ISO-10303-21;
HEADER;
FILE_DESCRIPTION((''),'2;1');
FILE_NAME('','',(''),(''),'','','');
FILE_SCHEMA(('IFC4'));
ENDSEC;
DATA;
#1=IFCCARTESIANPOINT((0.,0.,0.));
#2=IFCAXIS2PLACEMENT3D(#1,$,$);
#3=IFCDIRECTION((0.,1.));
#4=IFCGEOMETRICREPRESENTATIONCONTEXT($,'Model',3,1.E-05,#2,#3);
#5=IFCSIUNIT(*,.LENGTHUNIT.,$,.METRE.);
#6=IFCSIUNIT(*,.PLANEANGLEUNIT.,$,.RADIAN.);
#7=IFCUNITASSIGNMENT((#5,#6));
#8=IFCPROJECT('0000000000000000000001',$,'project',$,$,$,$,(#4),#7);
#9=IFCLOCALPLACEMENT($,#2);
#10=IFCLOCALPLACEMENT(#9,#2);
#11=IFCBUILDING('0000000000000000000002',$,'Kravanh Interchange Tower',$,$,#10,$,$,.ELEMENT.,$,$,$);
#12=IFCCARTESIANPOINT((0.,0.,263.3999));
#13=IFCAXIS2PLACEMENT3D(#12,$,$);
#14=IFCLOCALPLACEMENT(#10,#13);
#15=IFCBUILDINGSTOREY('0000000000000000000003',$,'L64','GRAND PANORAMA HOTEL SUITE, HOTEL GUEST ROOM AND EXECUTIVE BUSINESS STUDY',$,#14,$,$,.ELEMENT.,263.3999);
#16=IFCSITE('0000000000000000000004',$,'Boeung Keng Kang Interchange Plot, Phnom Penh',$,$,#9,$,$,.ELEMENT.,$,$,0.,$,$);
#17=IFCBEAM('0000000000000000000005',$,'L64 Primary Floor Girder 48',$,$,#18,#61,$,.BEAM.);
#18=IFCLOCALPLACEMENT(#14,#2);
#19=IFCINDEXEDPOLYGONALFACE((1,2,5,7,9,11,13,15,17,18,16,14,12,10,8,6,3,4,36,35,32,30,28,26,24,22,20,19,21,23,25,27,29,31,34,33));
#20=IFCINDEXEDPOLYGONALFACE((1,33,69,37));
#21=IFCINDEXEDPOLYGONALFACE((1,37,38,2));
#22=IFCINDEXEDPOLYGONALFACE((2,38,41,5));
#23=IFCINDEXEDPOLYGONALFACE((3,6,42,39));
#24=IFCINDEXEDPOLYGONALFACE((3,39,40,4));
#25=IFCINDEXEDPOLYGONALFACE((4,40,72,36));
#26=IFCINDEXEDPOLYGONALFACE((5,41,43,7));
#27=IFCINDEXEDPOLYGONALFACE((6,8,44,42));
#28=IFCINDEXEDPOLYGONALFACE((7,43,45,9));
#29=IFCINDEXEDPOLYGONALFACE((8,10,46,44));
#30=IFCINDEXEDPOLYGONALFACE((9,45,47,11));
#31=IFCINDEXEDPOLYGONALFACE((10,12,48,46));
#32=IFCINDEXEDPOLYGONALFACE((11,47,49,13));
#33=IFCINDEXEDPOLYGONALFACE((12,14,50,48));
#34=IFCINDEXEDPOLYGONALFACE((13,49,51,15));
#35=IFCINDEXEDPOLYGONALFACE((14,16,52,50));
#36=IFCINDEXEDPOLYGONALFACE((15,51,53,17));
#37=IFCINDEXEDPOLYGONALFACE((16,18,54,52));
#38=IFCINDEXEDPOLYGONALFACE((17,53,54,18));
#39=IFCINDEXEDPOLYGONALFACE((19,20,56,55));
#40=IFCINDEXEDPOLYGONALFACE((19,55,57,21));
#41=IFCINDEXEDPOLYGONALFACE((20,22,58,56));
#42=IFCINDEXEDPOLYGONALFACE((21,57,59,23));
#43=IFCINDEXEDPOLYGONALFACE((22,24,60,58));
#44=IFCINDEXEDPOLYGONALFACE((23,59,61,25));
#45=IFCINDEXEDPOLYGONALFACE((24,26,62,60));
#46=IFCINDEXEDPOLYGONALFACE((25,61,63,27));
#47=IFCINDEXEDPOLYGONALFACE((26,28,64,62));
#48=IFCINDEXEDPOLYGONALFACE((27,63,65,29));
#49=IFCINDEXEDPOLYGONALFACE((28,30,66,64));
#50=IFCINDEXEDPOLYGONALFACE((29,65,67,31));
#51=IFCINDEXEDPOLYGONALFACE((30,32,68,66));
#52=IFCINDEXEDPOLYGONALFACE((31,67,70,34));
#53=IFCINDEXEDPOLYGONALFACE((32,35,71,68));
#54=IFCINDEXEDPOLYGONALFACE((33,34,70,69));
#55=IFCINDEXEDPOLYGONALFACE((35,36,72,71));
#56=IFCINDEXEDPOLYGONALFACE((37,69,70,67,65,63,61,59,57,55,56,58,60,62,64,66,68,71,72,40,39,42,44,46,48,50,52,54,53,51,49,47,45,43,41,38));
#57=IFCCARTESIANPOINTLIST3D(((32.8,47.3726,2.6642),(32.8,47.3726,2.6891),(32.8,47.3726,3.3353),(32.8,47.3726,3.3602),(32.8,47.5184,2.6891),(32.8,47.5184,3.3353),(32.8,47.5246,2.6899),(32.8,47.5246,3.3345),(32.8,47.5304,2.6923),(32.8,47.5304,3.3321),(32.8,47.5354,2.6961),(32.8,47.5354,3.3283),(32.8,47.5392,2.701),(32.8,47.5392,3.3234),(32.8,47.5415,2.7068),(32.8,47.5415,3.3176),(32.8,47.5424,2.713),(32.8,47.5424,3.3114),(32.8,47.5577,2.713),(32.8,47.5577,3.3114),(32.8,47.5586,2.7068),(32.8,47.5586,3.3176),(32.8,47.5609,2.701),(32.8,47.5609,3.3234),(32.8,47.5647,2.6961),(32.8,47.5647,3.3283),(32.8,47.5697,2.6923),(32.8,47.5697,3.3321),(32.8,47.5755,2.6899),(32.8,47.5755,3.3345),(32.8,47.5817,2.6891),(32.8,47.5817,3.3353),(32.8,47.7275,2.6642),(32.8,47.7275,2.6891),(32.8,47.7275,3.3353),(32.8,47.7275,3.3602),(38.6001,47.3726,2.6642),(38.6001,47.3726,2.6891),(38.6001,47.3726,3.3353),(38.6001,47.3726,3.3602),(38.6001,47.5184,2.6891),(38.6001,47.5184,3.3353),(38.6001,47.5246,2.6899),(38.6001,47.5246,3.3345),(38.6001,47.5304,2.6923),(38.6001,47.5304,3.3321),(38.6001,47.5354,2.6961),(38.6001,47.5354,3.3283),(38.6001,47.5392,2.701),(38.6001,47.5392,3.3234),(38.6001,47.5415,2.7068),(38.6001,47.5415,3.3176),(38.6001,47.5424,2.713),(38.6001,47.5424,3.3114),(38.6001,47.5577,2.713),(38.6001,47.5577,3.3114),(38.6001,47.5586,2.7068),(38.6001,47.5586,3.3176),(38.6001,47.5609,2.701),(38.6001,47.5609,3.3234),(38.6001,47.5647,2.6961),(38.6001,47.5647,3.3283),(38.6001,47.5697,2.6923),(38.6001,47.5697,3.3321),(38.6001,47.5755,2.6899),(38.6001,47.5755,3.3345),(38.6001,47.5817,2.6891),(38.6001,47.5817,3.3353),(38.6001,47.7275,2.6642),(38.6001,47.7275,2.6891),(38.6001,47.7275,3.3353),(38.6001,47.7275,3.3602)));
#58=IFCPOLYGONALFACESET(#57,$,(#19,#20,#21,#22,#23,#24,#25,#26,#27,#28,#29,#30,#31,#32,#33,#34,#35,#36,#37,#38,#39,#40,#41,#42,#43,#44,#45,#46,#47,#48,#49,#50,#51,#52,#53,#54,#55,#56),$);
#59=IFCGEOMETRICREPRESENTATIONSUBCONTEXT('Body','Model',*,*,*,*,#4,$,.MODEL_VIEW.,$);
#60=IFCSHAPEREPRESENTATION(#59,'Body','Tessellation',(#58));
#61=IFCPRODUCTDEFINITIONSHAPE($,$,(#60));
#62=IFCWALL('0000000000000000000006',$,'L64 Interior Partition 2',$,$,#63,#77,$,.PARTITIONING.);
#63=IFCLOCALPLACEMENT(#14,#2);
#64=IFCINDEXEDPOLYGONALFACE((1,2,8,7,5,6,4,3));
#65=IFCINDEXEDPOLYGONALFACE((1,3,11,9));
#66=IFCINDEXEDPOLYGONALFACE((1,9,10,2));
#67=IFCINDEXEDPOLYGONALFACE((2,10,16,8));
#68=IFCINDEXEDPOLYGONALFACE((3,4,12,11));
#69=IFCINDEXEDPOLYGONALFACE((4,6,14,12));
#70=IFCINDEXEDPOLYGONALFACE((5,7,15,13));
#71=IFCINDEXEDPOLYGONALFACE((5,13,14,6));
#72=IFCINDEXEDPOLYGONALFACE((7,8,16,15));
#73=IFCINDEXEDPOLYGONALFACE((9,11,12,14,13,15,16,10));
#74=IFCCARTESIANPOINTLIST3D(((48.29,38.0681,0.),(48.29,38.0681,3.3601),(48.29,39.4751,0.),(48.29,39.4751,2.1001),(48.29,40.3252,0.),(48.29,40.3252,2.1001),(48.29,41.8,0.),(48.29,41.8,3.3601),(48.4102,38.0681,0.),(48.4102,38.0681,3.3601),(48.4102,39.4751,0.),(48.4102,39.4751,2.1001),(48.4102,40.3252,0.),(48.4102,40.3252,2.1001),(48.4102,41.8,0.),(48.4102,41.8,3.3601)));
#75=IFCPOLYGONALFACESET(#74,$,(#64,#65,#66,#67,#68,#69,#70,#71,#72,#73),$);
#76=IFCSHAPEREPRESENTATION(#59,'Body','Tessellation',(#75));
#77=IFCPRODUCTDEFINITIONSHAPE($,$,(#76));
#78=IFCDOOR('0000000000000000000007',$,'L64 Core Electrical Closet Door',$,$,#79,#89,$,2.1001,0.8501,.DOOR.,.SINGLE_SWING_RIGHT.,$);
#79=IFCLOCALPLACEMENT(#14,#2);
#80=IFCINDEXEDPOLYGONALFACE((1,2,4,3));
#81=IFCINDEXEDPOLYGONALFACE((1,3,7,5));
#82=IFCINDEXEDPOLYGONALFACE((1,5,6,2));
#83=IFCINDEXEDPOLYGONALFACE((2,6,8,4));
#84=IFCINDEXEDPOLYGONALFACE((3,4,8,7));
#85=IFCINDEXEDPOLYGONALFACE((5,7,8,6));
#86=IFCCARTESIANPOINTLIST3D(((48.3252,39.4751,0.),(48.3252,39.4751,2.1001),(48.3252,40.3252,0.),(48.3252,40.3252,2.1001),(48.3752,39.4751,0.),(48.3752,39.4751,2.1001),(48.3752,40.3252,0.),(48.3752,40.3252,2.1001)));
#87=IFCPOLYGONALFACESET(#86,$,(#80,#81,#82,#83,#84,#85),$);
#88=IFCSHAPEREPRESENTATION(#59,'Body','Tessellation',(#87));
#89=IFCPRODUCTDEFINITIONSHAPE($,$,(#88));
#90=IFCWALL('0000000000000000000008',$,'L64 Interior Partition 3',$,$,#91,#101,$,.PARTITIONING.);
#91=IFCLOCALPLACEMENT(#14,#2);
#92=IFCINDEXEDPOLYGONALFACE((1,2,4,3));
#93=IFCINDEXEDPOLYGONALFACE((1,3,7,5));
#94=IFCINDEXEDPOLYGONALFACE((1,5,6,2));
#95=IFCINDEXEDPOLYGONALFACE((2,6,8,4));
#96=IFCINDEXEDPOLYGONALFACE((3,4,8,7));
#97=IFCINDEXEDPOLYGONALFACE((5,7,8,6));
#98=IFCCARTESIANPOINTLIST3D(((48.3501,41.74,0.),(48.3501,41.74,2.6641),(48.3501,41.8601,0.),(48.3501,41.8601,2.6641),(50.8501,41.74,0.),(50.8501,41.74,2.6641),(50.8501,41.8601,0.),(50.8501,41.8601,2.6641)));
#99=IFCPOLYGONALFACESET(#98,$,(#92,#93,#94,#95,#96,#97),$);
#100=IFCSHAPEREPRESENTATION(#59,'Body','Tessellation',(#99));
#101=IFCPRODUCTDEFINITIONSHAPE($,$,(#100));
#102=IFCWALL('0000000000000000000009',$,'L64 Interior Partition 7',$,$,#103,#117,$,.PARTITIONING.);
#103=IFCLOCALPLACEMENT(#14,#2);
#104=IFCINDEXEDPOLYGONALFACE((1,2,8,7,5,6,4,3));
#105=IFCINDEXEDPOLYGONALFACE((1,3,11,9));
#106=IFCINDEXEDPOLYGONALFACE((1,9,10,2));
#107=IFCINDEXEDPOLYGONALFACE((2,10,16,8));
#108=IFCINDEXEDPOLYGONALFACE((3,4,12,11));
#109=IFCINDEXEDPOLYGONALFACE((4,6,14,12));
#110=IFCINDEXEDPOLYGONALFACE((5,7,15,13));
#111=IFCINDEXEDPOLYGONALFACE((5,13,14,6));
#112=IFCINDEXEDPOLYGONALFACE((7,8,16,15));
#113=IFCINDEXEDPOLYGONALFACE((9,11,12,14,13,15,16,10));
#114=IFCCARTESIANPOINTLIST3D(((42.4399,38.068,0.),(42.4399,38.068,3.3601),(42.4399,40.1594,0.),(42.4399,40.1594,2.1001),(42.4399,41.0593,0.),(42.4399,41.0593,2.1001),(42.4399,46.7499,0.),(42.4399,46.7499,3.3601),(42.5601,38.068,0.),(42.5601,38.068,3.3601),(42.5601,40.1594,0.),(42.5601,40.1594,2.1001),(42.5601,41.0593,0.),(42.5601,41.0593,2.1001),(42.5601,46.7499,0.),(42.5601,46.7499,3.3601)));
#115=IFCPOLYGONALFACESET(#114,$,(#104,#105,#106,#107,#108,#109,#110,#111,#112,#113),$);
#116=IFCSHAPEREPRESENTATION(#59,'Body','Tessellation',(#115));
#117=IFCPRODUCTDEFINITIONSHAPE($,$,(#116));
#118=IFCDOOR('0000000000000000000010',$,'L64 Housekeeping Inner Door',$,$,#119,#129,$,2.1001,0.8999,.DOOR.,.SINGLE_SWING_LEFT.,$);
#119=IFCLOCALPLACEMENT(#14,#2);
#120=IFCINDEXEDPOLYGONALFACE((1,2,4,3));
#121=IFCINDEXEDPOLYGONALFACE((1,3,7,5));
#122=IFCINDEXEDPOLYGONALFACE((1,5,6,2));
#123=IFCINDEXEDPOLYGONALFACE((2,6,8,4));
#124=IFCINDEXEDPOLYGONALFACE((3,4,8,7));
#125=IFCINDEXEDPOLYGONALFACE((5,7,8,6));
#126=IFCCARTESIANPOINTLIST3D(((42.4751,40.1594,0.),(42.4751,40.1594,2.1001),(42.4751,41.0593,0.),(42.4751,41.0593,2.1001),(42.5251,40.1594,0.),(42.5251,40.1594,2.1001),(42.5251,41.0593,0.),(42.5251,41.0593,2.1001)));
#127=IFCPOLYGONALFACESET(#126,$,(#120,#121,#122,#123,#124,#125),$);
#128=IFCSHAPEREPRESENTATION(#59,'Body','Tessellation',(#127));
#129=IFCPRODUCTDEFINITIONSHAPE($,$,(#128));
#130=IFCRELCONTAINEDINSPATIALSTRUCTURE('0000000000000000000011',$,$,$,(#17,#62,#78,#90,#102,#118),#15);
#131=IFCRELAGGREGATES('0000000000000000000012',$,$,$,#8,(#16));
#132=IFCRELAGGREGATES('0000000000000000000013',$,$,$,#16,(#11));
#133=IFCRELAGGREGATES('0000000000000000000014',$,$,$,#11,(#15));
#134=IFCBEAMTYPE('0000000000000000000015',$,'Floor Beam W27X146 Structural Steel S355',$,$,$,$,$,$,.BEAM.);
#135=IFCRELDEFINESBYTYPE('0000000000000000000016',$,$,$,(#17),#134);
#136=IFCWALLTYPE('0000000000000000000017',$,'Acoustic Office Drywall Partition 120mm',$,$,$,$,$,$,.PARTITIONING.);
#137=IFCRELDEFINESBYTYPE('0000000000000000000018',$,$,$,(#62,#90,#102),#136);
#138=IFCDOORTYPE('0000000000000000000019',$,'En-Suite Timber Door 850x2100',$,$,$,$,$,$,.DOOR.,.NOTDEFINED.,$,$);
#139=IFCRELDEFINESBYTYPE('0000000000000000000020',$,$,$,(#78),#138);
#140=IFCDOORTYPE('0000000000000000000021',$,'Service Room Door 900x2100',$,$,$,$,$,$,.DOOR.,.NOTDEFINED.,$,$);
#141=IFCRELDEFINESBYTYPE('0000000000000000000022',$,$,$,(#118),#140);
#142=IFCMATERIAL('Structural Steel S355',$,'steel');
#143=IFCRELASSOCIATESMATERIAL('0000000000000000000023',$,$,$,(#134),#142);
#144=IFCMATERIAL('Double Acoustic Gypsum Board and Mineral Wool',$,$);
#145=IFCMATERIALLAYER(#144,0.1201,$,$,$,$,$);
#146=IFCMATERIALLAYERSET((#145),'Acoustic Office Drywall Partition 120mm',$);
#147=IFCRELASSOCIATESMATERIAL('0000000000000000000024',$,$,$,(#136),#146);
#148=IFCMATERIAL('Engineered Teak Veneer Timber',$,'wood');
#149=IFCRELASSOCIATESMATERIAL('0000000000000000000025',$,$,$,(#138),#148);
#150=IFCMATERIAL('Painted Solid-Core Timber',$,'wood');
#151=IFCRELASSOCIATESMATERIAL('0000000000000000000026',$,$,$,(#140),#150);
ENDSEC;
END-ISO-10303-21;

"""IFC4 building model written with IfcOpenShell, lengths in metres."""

from ifc_helpers import new_model, si_unit, direction, frame, frame_2d, origin, origin_2d, place, context, subcontext, project, spatial, rectangle, i_section, extrude, material, layer, layer_set, material_profile, profile_set, type_object, element, fill, save


model = new_model("IFC4")

# Units and contexts
model_context = context("Model", 3, precision=1e-05, world=origin(), true_north=direction((0.0, 1.0)))
body_context = subcontext(model_context, "Body", "Model", "MODEL_VIEW")
ifc_project = project(units=[si_unit("LENGTHUNIT", "METRE"), si_unit("PLANEANGLEUNIT", "RADIAN")], contexts=[model_context])

# Site, building, storey
site_placement = place(None, origin())
site = spatial("IfcSite", under=ifc_project, at=site_placement, Name="Boeung Keng Kang Interchange Plot, Phnom Penh", CompositionType="ELEMENT", RefElevation=0.0)
building_placement = place(site_placement, origin())
building = spatial("IfcBuilding", under=site, at=building_placement, Name="Kravanh Interchange Tower", CompositionType="ELEMENT")
storey_placement = place(building_placement, frame((0.0, 0.0, 263.3999)))
storey = spatial("IfcBuildingStorey", under=building, at=storey_placement, Name="L64", Description="GRAND PANORAMA HOTEL SUITE, HOTEL GUEST ROOM AND EXECUTIVE BUSINESS STUDY", CompositionType="ELEMENT", Elevation=263.3999)

# Beam
ifc_material_1 = material(Name="Structural Steel S355", Category="steel")
ifc_material_profile_1 = material_profile(ifc_material_1, i_section(OverallWidth=0.355, OverallDepth=0.696, WebThickness=0.0154, FlangeThickness=0.0249, FilletRadius=0.0239, at=origin_2d()), Name="W27X146")
ifc_profile_set_1 = profile_set([ifc_material_profile_1], Name="Structural Steel S355")
beam_type = type_object("IfcBeamType", Name="Floor Beam W27X146 Structural Steel S355", PredefinedType="BEAM", material=ifc_profile_set_1)
beam_1_placement = place(storey_placement, frame((38.6001, 47.55, 3.0122), z_axis=(-1.0, 0.0, 0.0), x_axis=(0.0, -1.0, 0.0)))
element("IfcBeam", 1, at=beam_1_placement, inside=storey, type_object=beam_type, Name="L64 Primary Floor Girder 48", PredefinedType="BEAM", context=body_context, shape_type="SweptSolid", body=[
    extrude(i_section(OverallWidth=0.355, OverallDepth=0.696, WebThickness=0.0154, FlangeThickness=0.0249, FilletRadius=0.0239, at=origin_2d()), origin(), (0.0, 0.0, 1.0), 5.8),
])

# Wall, opening, door
ifc_material_2 = material(Name="Double Acoustic Gypsum Board and Mineral Wool")
ifc_layer_1 = layer(ifc_material_2, 0.1201)
ifc_layer_set_1 = layer_set([ifc_layer_1], Name="Acoustic Office Drywall Partition 120mm")
wall_type_1 = type_object("IfcWallType", Name="Acoustic Office Drywall Partition 120mm", PredefinedType="PARTITIONING", material=ifc_layer_set_1)
wall_1_placement = place(storey_placement, frame((48.3501, 38.0681, 0.0), z_axis=(0.0, 0.0, 1.0), x_axis=(0.0, 1.0, 0.0)))
wall_1 = element("IfcWall", 2, at=wall_1_placement, inside=storey, type_object=wall_type_1, Name="L64 Interior Partition 2", PredefinedType="PARTITIONING", context=body_context, shape_type="SweptSolid", body=[
    extrude(rectangle(XDim=3.7319, YDim=0.1201, at=frame_2d((1.866, 0.0))), origin(), (0.0, 0.0, 1.0), 3.3601),
])
opening_1_placement = place(wall_1_placement, frame((1.407, 0.0, 0.0)))
opening_1 = element("IfcOpeningElement", 3, at=opening_1_placement, cuts=wall_1, PredefinedType="OPENING", context=body_context, shape_type="SweptSolid", body=[
    extrude(rectangle(XDim=0.8501, YDim=2.1001, at=frame_2d((0.425, 1.05))), frame((0.0, 0.0701, 0.0), z_axis=(0.0, -1.0, 0.0), x_axis=(1.0, 0.0, 0.0)), (0.0, 0.0, 1.0), 0.1401),
])
ifc_material_3 = material(Name="Engineered Teak Veneer Timber", Category="wood")
door_type_1 = type_object("IfcDoorType", Name="En-Suite Timber Door 850x2100", OperationType="NOTDEFINED", PredefinedType="DOOR", material=ifc_material_3)
door_1_placement = place(opening_1_placement, origin())
door_1 = element("IfcDoor", 4, at=door_1_placement, inside=storey, type_object=door_type_1, Name="L64 Core Electrical Closet Door", OperationType="SINGLE_SWING_RIGHT", OverallHeight=2.1001, OverallWidth=0.8501, PredefinedType="DOOR", context=body_context, shape_type="SweptSolid", body=[
    extrude(rectangle(XDim=0.8501, YDim=2.1001, at=frame_2d((0.425, 1.05))), frame((0.0, 0.0249, 0.0), z_axis=(0.0, -1.0, 0.0), x_axis=(1.0, 0.0, 0.0)), (0.0, 0.0, 1.0), 0.05),
])
fill(opening_1, door_1)

# Wall
wall_2_placement = place(storey_placement, frame((48.3501, 41.8, 0.0), z_axis=(0.0, 0.0, 1.0), x_axis=(1.0, 0.0, 0.0)))
element("IfcWall", 5, at=wall_2_placement, inside=storey, type_object=wall_type_1, Name="L64 Interior Partition 3", PredefinedType="PARTITIONING", context=body_context, shape_type="SweptSolid", body=[
    extrude(rectangle(XDim=2.5, YDim=0.1201, at=frame_2d((1.25, 0.0))), origin(), (0.0, 0.0, 1.0), 2.6641),
])

# Wall, opening, door
wall_3_placement = place(storey_placement, frame((42.5, 38.0681, 0.0), z_axis=(0.0, 0.0, 1.0), x_axis=(0.0, 1.0, 0.0)))
wall_3 = element("IfcWall", 6, at=wall_3_placement, inside=storey, type_object=wall_type_1, Name="L64 Interior Partition 7", PredefinedType="PARTITIONING", context=body_context, shape_type="SweptSolid", body=[
    extrude(rectangle(XDim=8.6819, YDim=0.1201, at=frame_2d((4.3408, 0.0))), origin(), (0.0, 0.0, 1.0), 3.3601),
])
opening_2_placement = place(wall_3_placement, frame((2.0913, 0.0, 0.0)))
opening_2 = element("IfcOpeningElement", 7, at=opening_2_placement, cuts=wall_3, PredefinedType="OPENING", context=body_context, shape_type="SweptSolid", body=[
    extrude(rectangle(XDim=0.8999, YDim=2.1001, at=frame_2d((0.45, 1.05))), frame((0.0, 0.0701, 0.0), z_axis=(0.0, -1.0, 0.0), x_axis=(1.0, 0.0, 0.0)), (0.0, 0.0, 1.0), 0.1401),
])
ifc_material_4 = material(Name="Painted Solid-Core Timber", Category="wood")
door_type_2 = type_object("IfcDoorType", Name="Service Room Door 900x2100", OperationType="NOTDEFINED", PredefinedType="DOOR", material=ifc_material_4)
door_2_placement = place(opening_2_placement, origin())
door_2 = element("IfcDoor", 8, at=door_2_placement, inside=storey, type_object=door_type_2, Name="L64 Housekeeping Inner Door", OperationType="SINGLE_SWING_LEFT", OverallHeight=2.1001, OverallWidth=0.8999, PredefinedType="DOOR", context=body_context, shape_type="SweptSolid", body=[
    extrude(rectangle(XDim=0.8999, YDim=2.1001, at=frame_2d((0.45, 1.05))), frame((0.0, 0.0249, 0.0), z_axis=(0.0, -1.0, 0.0), x_axis=(1.0, 0.0, 0.0)), (0.0, 0.0, 1.0), 0.05),
])
fill(opening_2, door_2)

save(model, "model.ifc")
